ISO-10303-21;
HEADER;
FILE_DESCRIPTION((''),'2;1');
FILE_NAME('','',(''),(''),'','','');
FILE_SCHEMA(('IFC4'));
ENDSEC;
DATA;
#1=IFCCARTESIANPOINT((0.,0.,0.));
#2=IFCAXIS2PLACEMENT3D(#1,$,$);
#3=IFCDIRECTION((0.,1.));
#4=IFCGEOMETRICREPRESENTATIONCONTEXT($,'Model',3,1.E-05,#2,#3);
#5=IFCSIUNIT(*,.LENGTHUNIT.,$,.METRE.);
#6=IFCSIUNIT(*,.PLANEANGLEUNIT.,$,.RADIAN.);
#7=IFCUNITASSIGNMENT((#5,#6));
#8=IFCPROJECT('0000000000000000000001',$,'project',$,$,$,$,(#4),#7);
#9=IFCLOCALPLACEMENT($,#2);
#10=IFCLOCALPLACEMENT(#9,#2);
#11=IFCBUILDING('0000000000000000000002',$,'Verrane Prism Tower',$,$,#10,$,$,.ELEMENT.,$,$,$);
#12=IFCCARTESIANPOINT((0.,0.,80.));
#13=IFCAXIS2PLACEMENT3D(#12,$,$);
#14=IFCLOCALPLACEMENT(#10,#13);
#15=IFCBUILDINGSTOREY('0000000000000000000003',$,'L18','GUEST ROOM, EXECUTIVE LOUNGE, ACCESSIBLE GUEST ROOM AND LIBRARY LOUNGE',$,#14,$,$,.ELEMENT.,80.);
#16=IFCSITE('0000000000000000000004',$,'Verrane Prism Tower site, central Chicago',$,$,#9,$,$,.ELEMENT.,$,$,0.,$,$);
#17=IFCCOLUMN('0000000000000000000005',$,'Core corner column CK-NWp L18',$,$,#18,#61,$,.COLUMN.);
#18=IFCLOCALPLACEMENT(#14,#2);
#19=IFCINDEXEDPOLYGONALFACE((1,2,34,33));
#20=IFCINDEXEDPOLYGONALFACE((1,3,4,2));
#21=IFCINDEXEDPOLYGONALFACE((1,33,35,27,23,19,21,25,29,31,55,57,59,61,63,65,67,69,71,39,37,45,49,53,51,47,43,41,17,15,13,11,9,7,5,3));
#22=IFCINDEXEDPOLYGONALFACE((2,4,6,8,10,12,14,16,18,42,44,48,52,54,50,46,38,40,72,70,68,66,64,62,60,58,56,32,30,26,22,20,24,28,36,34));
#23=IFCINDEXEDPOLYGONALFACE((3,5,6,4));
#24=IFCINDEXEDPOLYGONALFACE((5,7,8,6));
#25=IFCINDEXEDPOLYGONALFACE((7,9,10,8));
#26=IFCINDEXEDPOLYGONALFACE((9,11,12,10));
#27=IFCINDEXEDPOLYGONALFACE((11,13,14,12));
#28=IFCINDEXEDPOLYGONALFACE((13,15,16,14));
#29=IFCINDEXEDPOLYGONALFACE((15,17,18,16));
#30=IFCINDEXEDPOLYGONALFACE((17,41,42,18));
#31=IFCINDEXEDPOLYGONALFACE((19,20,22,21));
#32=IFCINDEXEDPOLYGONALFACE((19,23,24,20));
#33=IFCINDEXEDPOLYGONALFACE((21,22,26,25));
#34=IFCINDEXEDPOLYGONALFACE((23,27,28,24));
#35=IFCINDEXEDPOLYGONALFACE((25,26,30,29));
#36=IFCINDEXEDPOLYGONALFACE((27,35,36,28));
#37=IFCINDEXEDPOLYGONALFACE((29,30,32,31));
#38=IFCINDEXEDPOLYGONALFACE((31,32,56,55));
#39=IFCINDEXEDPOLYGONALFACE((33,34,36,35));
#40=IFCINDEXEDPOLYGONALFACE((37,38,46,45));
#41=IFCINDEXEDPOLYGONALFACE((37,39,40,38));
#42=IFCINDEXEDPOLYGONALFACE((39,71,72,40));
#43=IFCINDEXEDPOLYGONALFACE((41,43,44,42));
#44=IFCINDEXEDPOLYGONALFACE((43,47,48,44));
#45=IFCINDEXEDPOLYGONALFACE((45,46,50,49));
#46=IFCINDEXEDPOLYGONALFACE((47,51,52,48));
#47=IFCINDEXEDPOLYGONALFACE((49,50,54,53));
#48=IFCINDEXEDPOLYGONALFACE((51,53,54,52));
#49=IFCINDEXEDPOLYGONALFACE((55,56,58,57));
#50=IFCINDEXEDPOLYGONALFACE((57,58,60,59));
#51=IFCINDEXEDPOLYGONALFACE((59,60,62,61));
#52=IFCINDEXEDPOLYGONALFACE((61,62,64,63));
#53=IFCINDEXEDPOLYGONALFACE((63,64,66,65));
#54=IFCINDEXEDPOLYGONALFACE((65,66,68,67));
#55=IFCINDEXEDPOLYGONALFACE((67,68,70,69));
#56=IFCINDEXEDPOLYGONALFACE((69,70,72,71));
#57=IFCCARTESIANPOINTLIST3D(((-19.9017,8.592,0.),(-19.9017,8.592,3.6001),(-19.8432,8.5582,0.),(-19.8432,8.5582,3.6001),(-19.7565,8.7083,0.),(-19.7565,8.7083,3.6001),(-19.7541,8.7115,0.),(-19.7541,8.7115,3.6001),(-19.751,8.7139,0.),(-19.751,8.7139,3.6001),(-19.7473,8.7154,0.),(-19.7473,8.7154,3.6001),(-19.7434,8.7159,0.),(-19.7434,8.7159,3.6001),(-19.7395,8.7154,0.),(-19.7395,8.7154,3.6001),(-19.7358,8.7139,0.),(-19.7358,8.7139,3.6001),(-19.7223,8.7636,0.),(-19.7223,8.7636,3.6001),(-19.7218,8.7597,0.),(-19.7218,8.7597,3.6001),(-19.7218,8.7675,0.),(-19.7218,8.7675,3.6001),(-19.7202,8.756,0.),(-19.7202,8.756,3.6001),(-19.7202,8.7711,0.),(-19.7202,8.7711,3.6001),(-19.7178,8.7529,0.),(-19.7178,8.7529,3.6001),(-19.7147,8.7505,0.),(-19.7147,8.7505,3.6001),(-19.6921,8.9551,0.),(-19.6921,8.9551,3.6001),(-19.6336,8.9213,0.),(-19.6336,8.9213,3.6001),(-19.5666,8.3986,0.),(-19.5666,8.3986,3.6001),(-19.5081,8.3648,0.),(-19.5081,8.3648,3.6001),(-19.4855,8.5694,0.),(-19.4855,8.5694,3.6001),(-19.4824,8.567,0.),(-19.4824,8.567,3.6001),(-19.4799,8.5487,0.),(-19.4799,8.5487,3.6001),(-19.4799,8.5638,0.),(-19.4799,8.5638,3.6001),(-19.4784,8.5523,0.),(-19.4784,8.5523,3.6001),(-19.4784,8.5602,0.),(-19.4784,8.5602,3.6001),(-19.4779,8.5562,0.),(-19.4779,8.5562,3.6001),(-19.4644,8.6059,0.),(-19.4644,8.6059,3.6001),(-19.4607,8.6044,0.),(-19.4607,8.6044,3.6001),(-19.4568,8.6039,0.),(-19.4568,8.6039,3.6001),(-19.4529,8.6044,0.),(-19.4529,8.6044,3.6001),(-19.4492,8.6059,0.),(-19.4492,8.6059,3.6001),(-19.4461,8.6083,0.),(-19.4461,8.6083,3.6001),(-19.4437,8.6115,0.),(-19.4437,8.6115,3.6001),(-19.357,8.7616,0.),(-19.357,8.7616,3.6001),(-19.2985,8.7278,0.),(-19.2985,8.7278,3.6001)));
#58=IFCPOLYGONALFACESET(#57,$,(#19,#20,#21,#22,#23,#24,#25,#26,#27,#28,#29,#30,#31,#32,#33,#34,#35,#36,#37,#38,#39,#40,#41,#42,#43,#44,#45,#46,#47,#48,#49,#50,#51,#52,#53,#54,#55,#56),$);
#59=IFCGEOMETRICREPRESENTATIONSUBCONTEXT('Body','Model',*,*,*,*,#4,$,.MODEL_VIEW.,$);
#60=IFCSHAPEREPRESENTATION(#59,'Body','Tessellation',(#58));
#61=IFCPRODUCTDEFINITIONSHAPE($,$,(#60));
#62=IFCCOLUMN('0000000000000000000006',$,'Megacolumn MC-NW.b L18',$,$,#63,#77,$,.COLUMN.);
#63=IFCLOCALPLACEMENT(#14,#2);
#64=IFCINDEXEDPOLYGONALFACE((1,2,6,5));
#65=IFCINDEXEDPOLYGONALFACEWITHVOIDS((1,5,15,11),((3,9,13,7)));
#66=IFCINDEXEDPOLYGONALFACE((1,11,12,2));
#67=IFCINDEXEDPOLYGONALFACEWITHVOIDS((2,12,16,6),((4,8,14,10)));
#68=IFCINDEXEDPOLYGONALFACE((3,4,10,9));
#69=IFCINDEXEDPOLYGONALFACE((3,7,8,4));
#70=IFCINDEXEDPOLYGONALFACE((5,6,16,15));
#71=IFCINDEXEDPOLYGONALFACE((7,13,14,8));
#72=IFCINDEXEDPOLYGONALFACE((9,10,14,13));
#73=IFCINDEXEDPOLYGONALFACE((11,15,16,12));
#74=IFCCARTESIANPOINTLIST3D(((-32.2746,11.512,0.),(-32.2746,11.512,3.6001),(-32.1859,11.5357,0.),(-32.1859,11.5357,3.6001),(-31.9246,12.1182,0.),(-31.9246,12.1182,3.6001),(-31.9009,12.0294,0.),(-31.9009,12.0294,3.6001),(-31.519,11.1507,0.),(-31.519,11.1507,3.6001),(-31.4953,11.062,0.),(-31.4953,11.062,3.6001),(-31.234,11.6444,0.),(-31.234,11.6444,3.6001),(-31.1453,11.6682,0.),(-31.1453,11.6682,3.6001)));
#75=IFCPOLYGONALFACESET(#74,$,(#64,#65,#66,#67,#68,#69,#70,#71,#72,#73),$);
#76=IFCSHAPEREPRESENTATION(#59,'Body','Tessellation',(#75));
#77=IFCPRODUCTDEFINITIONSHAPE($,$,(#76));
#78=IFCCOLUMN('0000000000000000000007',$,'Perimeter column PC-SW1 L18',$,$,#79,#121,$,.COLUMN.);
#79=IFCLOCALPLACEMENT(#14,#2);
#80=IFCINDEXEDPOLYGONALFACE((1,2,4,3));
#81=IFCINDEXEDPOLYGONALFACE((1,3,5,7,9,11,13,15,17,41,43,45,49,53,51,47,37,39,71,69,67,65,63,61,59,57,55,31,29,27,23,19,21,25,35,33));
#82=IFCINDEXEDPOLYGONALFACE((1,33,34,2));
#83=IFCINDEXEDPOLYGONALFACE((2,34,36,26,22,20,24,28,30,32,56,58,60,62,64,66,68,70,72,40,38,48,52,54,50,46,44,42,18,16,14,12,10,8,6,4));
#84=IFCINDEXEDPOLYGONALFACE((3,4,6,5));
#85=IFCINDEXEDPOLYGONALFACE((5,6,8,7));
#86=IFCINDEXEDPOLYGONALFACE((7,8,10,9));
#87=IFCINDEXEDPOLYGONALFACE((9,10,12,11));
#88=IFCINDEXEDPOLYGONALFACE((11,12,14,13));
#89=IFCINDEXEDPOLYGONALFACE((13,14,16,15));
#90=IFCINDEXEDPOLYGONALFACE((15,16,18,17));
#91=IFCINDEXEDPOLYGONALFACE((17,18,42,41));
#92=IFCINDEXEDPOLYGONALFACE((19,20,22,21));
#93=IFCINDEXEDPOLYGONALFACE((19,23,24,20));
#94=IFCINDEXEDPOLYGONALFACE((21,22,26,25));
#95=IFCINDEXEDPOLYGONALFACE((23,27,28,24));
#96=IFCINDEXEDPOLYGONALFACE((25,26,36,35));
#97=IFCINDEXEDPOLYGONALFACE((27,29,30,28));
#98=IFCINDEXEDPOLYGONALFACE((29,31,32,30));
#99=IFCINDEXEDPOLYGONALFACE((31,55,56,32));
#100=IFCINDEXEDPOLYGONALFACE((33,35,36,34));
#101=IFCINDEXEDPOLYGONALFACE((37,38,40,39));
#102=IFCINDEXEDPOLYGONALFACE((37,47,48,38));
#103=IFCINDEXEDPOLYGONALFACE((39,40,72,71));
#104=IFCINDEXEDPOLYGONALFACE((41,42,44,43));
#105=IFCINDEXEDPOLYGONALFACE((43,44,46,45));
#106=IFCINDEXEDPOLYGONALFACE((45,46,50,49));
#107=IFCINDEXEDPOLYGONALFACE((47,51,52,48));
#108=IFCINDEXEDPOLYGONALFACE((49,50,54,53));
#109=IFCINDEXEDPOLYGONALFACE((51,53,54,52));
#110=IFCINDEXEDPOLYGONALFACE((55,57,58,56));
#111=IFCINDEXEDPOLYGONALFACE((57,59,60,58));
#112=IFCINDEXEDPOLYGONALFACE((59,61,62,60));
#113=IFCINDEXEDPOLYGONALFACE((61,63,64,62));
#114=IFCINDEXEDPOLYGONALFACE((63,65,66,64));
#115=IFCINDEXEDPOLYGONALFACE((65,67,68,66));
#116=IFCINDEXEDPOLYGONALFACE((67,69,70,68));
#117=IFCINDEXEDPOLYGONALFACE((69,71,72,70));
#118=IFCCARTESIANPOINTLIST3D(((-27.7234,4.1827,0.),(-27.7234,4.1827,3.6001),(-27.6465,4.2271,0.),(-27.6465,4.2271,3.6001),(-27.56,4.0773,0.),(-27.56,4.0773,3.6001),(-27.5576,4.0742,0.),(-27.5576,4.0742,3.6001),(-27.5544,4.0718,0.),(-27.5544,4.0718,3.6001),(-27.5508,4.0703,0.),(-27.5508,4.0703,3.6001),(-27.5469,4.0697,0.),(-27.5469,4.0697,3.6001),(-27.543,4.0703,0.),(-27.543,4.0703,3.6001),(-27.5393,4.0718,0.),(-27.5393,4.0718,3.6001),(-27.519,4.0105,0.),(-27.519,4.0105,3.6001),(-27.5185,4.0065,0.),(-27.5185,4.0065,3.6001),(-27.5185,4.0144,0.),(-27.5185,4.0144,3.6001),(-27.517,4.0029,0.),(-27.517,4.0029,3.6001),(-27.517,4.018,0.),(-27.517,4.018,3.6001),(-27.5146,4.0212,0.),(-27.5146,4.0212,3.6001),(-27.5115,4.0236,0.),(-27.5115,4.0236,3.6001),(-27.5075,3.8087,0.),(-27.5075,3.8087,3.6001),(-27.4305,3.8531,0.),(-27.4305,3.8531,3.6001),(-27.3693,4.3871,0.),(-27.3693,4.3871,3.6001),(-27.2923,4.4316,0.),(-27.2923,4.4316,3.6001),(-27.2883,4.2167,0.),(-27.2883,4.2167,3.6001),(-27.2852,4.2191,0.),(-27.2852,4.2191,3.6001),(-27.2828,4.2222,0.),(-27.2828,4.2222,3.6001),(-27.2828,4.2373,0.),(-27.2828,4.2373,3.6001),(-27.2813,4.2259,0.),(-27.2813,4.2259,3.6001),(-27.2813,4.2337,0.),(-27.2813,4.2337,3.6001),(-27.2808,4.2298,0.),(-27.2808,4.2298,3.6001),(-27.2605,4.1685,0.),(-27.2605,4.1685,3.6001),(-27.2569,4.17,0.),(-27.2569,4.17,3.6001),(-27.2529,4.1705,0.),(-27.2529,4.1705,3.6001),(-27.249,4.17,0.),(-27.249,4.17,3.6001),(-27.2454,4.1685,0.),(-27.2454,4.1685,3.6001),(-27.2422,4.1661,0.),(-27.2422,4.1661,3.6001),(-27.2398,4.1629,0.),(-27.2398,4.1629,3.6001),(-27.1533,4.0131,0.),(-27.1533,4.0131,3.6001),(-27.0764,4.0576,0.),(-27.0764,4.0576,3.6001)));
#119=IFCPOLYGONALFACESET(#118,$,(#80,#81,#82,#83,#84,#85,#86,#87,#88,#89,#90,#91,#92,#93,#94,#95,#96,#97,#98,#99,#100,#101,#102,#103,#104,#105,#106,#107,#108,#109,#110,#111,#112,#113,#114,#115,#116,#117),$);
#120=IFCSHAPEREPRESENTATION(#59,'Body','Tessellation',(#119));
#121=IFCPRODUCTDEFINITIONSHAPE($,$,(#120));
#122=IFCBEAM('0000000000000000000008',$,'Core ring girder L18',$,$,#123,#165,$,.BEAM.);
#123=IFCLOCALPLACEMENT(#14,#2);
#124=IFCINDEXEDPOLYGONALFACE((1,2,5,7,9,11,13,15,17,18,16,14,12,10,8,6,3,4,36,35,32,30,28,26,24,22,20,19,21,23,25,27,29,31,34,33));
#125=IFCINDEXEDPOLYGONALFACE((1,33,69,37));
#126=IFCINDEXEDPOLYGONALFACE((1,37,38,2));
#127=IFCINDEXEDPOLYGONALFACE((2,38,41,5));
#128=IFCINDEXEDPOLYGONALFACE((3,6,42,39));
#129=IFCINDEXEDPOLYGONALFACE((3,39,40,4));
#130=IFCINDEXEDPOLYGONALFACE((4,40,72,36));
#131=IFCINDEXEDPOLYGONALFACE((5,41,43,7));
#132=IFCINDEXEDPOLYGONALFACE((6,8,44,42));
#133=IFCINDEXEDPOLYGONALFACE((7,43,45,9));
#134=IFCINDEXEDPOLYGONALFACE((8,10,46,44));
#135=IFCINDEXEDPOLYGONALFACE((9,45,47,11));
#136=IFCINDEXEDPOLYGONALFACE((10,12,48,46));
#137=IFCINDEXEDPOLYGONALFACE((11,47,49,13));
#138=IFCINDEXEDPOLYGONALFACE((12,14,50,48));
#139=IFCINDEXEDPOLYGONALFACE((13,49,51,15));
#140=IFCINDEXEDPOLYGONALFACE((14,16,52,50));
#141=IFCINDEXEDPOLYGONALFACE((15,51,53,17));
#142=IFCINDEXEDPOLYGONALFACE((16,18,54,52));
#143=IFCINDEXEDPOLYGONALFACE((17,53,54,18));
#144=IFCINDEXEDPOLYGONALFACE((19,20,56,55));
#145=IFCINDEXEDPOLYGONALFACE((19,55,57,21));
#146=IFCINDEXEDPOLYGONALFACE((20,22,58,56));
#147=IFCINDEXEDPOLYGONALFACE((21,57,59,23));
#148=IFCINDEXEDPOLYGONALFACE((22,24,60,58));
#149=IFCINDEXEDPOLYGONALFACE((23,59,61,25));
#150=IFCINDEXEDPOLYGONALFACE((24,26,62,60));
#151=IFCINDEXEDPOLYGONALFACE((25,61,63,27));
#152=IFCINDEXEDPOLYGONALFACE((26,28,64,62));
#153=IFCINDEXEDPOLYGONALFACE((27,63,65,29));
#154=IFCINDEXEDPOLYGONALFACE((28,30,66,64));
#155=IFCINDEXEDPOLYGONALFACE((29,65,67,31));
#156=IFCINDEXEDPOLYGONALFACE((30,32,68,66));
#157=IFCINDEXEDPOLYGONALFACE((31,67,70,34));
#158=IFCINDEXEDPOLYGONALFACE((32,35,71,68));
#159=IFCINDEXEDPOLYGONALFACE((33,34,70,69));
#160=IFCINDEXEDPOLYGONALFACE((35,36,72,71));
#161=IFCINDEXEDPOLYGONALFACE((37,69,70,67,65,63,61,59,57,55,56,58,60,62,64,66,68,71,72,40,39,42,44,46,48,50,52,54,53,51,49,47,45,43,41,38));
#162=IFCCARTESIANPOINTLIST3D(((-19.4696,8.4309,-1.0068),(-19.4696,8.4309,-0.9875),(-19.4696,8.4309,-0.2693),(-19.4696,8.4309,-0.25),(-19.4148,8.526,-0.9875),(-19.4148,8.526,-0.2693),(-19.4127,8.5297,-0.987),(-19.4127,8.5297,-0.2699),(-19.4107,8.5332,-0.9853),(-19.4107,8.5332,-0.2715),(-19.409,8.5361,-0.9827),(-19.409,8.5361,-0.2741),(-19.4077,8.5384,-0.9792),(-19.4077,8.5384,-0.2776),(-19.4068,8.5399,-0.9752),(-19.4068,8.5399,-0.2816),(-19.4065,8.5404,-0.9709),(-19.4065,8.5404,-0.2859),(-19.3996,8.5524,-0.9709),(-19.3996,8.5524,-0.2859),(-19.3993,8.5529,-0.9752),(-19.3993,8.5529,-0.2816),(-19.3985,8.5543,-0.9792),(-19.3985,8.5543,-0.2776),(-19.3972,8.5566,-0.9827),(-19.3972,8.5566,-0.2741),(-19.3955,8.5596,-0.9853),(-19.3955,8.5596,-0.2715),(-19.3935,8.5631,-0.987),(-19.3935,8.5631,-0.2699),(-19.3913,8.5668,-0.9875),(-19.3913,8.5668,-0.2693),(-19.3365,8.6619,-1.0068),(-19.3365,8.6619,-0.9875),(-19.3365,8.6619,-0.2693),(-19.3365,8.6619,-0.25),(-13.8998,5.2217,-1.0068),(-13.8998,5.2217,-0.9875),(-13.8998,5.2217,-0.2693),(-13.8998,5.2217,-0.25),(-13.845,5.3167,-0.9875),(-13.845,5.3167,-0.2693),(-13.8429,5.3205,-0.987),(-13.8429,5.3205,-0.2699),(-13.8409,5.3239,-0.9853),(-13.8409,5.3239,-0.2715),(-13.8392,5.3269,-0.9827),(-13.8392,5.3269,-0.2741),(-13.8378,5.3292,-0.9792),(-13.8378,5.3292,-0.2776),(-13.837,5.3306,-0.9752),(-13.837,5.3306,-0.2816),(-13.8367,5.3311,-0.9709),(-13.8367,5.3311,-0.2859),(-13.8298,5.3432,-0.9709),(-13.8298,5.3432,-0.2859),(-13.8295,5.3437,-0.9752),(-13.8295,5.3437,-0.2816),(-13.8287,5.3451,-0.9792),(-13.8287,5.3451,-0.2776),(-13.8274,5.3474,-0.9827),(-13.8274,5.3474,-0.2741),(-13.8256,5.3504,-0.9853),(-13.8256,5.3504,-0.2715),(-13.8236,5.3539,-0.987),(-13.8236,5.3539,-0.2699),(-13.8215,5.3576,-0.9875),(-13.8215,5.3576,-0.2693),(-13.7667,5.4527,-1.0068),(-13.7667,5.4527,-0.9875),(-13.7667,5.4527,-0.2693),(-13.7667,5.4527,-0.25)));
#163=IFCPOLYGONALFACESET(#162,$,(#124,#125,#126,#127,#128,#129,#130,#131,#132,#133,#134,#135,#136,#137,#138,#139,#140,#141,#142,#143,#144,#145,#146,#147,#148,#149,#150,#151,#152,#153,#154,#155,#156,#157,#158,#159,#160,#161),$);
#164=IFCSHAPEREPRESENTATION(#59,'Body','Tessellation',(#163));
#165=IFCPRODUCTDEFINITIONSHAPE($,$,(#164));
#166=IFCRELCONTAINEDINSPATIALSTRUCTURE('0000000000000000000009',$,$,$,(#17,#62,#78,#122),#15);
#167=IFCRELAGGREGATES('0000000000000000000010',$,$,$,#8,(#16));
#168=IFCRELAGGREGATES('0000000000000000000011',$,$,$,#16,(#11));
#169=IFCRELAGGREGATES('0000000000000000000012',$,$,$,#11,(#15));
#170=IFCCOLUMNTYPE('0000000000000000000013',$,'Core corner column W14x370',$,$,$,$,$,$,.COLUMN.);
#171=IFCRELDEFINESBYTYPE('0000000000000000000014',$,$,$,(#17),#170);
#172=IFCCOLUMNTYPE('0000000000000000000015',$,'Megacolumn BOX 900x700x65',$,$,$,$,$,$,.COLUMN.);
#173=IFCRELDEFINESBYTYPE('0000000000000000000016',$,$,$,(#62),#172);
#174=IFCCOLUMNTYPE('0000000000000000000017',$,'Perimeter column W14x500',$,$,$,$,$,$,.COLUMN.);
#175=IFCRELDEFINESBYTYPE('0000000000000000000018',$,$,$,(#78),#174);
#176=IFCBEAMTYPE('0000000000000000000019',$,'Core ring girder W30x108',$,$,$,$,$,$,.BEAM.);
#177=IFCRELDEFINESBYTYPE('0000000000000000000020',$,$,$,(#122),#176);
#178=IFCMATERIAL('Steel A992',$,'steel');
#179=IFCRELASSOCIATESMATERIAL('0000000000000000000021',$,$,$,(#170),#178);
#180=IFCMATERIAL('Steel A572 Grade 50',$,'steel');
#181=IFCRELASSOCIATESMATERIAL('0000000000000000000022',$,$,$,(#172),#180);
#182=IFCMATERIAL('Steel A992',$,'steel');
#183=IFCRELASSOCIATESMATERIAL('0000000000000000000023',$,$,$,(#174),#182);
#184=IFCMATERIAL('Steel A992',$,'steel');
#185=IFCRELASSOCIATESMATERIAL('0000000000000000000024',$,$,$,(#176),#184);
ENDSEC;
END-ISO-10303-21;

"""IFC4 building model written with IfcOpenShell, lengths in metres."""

from ifc_helpers import new_model, si_unit, direction, frame, origin, origin_2d, place, context, subcontext, project, spatial, hollow_rectangle, i_section, extrude, material, material_profile, profile_set, type_object, element, save


model = new_model("IFC4")

# Units and contexts
model_context = context("Model", 3, precision=1e-05, world=origin(), true_north=direction((0.0, 1.0)))
body_context = subcontext(model_context, "Body", "Model", "MODEL_VIEW")
ifc_project = project(units=[si_unit("LENGTHUNIT", "METRE"), si_unit("PLANEANGLEUNIT", "RADIAN")], contexts=[model_context])

# Site, building, storey
site_placement = place(None, origin())
site = spatial("IfcSite", under=ifc_project, at=site_placement, Name="Verrane Prism Tower site, central Chicago", CompositionType="ELEMENT", RefElevation=0.0)
building_placement = place(site_placement, origin())
building = spatial("IfcBuilding", under=site, at=building_placement, Name="Verrane Prism Tower", CompositionType="ELEMENT")
storey_placement = place(building_placement, frame((0.0, 0.0, 80.0)))
storey = spatial("IfcBuildingStorey", under=building, at=storey_placement, Name="L18", Description="GUEST ROOM, EXECUTIVE LOUNGE, ACCESSIBLE GUEST ROOM AND LIBRARY LOUNGE", CompositionType="ELEMENT", Elevation=80.0)

# Columns
ifc_material_1 = material(Name="Steel A992", Category="steel")
ifc_material_profile_1 = material_profile(ifc_material_1, i_section(OverallWidth=0.4192, OverallDepth=0.4546, WebThickness=0.0422, FlangeThickness=0.0676, FilletRadius=0.0151, at=origin_2d()), Name="W14x370")
ifc_profile_set_1 = profile_set([ifc_material_profile_1], Name="Steel A992")
column_type_1 = type_object("IfcColumnType", Name="Core corner column W14x370", PredefinedType="COLUMN", material=ifc_profile_set_1)
column_1_placement = place(storey_placement, frame((-19.6001, 8.6599, 0.0), z_axis=(0.0, 0.0, 1.0), x_axis=(0.5, 0.866025, 0.0)))
element("IfcColumn", 1, at=column_1_placement, inside=storey, type_object=column_type_1, Name="Core corner column CK-NWp L18", PredefinedType="COLUMN", context=body_context, shape_type="SweptSolid", body=[
    extrude(i_section(OverallWidth=0.4192, OverallDepth=0.4546, WebThickness=0.0422, FlangeThickness=0.0676, FilletRadius=0.0151, at=origin_2d()), origin(), (0.0, 0.0, 1.0), 3.6001),
])
ifc_material_2 = material(Name="Steel A572 Grade 50", Category="steel")
ifc_material_profile_2 = material_profile(ifc_material_2, hollow_rectangle(XDim=0.7, YDim=0.8999, WallThickness=0.0649, at=origin_2d()), Name="BOX 900x700x65")
ifc_profile_set_2 = profile_set([ifc_material_profile_2], Name="Steel A572 Grade 50")
column_type_2 = type_object("IfcColumnType", Name="Megacolumn BOX 900x700x65", PredefinedType="COLUMN", material=ifc_profile_set_2)
column_2_placement = place(storey_placement, frame((-31.71, 11.5901, 0.0), z_axis=(0.0, 0.0, 1.0), x_axis=(0.5, 0.866025, 0.0)))
element("IfcColumn", 2, at=column_2_placement, inside=storey, type_object=column_type_2, Name="Megacolumn MC-NW.b L18", PredefinedType="COLUMN", context=body_context, shape_type="SweptSolid", body=[
    extrude(hollow_rectangle(XDim=0.7, YDim=0.8999, WallThickness=0.0649, at=origin_2d()), origin(), (0.0, 0.0, 1.0), 3.6001),
])
ifc_material_3 = material(Name="Steel A992", Category="steel")
ifc_material_profile_3 = material_profile(ifc_material_3, i_section(OverallWidth=0.4319, OverallDepth=0.4978, WebThickness=0.0557, FlangeThickness=0.0889, FilletRadius=0.0151, at=origin_2d()), Name="W14x500")
ifc_profile_set_3 = profile_set([ifc_material_profile_3], Name="Steel A992")
column_type_3 = type_object("IfcColumnType", Name="Perimeter column W14x500", PredefinedType="COLUMN", material=ifc_profile_set_3)
column_3_placement = place(storey_placement, frame((-27.3999, 4.1201, 0.0), z_axis=(0.0, 0.0, 1.0), x_axis=(-0.5, 0.866025, 0.0)))
element("IfcColumn", 3, at=column_3_placement, inside=storey, type_object=column_type_3, Name="Perimeter column PC-SW1 L18", PredefinedType="COLUMN", context=body_context, shape_type="SweptSolid", body=[
    extrude(i_section(OverallWidth=0.4319, OverallDepth=0.4978, WebThickness=0.0557, FlangeThickness=0.0889, FilletRadius=0.0151, at=origin_2d()), origin(), (0.0, 0.0, 1.0), 3.6001),
])

# Beam
ifc_material_4 = material(Name="Steel A992", Category="steel")
ifc_material_profile_4 = material_profile(ifc_material_4, i_section(OverallWidth=0.2666, OverallDepth=0.7568, WebThickness=0.0139, FlangeThickness=0.0193, FilletRadius=0.0166, at=origin_2d()), Name="W30x108")
ifc_profile_set_4 = profile_set([ifc_material_profile_4], Name="Steel A992")
beam_type_1 = type_object("IfcBeamType", Name="Core ring girder W30x108", PredefinedType="BEAM", material=ifc_profile_set_4)
beam_1_placement = place(storey_placement, frame((-19.4031, 8.5464, -0.6284), z_axis=(0.866464, -0.49924, 0.0), x_axis=(0.49924, 0.866464, 0.0)))
element("IfcBeam", 4, at=beam_1_placement, inside=storey, type_object=beam_type_1, Name="Core ring girder L18", PredefinedType="BEAM", context=body_context, shape_type="SweptSolid", body=[
    extrude(i_section(OverallWidth=0.2666, OverallDepth=0.7568, WebThickness=0.0139, FlangeThickness=0.0193, FilletRadius=0.0166, at=origin_2d()), origin(), (0.0, 0.0, 1.0), 6.4282),
])

save(model, "model.ifc")
